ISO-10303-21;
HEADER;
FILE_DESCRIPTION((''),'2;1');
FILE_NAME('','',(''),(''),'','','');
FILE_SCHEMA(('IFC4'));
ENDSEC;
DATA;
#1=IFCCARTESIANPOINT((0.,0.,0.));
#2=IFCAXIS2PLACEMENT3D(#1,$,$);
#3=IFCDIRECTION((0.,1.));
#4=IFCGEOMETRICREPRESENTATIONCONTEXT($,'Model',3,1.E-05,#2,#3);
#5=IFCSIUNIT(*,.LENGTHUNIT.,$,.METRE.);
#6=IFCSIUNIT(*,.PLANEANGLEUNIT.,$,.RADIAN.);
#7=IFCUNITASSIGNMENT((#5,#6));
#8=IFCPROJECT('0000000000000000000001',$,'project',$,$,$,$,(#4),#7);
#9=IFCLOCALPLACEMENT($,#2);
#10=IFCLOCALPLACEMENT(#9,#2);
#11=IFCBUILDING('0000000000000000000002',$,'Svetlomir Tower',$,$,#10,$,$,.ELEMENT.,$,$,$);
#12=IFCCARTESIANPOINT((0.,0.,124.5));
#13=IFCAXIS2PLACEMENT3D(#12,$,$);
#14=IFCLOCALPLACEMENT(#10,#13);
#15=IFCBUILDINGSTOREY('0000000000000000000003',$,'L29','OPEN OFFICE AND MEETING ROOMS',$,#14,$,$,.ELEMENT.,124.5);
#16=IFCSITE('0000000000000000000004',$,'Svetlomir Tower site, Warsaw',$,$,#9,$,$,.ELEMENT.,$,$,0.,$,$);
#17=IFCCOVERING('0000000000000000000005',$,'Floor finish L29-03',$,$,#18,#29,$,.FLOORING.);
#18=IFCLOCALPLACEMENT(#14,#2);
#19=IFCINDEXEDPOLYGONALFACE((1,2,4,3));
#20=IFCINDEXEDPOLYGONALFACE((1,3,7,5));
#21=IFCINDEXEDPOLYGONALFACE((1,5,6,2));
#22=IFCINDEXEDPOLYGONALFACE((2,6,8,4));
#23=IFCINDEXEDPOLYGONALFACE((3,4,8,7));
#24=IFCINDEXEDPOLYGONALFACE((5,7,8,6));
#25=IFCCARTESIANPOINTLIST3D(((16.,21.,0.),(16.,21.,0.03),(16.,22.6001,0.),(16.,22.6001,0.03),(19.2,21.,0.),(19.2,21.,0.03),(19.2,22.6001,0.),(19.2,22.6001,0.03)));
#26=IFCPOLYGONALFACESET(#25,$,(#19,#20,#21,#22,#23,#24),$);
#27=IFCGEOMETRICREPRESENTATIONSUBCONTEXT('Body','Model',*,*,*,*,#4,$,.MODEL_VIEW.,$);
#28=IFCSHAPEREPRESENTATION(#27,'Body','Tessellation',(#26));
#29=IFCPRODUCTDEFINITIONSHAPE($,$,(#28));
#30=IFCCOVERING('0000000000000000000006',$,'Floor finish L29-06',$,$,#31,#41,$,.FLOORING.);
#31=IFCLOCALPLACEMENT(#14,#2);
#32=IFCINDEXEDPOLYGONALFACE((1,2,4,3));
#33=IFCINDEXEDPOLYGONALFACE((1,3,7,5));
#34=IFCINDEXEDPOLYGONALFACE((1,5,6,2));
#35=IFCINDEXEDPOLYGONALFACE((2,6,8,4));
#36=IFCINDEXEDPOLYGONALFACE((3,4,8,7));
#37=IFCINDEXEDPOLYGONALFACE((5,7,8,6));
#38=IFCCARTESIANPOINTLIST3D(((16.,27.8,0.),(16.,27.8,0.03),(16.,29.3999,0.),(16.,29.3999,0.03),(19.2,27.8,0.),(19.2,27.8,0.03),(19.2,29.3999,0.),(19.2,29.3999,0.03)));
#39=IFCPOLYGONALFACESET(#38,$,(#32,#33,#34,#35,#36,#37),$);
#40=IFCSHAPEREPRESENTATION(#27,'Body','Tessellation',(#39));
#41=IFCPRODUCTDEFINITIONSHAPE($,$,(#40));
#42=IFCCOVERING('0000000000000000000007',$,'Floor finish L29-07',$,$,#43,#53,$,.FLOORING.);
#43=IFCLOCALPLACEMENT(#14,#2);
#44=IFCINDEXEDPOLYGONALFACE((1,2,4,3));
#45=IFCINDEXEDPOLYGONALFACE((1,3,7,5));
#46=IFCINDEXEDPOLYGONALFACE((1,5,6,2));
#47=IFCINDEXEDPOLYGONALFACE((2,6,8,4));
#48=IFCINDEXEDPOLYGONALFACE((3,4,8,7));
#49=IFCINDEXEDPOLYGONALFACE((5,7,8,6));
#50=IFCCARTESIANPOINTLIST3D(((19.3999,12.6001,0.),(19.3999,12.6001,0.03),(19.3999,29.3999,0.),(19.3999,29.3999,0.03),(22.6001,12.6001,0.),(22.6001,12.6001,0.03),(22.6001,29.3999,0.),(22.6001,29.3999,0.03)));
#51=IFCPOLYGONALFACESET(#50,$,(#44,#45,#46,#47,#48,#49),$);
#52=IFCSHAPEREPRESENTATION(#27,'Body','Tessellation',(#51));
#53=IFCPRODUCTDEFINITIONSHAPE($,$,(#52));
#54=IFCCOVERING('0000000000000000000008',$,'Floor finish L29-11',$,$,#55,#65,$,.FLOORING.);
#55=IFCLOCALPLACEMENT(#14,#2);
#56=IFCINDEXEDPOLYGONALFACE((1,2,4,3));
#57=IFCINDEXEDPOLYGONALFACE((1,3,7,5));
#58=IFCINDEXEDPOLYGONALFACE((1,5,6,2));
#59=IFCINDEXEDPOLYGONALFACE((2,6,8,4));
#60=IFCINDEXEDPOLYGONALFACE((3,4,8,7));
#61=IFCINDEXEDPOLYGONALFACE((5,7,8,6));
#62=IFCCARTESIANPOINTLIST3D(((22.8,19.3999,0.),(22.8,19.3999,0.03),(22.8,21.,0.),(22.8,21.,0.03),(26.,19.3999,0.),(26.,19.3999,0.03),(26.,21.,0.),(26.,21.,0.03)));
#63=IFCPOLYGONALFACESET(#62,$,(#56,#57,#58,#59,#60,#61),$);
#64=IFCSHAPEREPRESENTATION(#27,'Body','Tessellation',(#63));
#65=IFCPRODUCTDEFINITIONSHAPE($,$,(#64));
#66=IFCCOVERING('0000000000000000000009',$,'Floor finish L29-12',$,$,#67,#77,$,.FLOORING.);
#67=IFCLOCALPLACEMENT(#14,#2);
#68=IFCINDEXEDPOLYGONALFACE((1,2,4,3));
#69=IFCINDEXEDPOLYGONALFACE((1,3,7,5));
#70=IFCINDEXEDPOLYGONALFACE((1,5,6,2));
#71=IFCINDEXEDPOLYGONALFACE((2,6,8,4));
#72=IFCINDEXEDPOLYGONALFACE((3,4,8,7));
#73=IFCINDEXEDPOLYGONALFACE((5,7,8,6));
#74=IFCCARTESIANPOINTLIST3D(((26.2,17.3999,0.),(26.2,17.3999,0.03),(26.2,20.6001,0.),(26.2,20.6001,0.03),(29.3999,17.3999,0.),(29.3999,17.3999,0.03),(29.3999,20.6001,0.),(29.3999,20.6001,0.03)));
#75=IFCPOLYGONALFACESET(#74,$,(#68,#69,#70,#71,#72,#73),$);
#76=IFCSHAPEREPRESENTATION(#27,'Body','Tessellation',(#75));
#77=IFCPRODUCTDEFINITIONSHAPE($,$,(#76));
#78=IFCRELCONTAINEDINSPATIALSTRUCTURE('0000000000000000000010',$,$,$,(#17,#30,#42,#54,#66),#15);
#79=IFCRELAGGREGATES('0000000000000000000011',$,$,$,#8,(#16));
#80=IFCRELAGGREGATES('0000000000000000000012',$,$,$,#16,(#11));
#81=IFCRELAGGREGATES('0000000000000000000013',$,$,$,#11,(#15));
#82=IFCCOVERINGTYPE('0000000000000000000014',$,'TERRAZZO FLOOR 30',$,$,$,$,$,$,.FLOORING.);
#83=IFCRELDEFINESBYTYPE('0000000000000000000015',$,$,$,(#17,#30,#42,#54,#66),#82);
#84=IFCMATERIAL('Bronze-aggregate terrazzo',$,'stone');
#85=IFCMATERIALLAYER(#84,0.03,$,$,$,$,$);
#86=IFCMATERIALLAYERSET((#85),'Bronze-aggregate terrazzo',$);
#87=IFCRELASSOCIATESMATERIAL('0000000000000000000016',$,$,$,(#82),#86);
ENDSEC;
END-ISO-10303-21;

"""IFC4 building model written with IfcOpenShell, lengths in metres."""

from ifc_helpers import new_model, si_unit, direction, frame, origin, place, context, subcontext, project, spatial, polyline, outline, extrude, material, layer, layer_set, type_object, element, save


model = new_model("IFC4")

# Units and contexts
model_context = context("Model", 3, precision=1e-05, world=origin(), true_north=direction((0.0, 1.0)))
body_context = subcontext(model_context, "Body", "Model", "MODEL_VIEW")
ifc_project = project(units=[si_unit("LENGTHUNIT", "METRE"), si_unit("PLANEANGLEUNIT", "RADIAN")], contexts=[model_context])

# Site, building, storey
site_placement = place(None, origin())
site = spatial("IfcSite", under=ifc_project, at=site_placement, Name="Svetlomir Tower site, Warsaw", CompositionType="ELEMENT", RefElevation=0.0)
building_placement = place(site_placement, origin())
building = spatial("IfcBuilding", under=site, at=building_placement, Name="Svetlomir Tower", CompositionType="ELEMENT")
storey_placement = place(building_placement, frame((0.0, 0.0, 124.5)))
storey = spatial("IfcBuildingStorey", under=building, at=storey_placement, Name="L29", Description="OPEN OFFICE AND MEETING ROOMS", CompositionType="ELEMENT", Elevation=124.5)

# Coverings
ifc_material_1 = material(Name="Bronze-aggregate terrazzo", Category="stone")
ifc_layer_1 = layer(ifc_material_1, 0.03)
ifc_layer_set_1 = layer_set([ifc_layer_1], Name="Bronze-aggregate terrazzo")
covering_type_1 = type_object("IfcCoveringType", Name="TERRAZZO FLOOR 30", PredefinedType="FLOORING", material=ifc_layer_set_1)
covering_1_placement = place(storey_placement, origin())
element("IfcCovering", 1, at=covering_1_placement, inside=storey, type_object=covering_type_1, Name="Floor finish L29-03", PredefinedType="FLOORING", context=body_context, shape_type="SweptSolid", body=[
    extrude(outline(polyline([(16.0, 21.0), (19.2, 21.0), (19.2, 22.6001), (16.0, 22.6001), (16.0, 21.0)])), origin(), (0.0, 0.0, 1.0), 0.03),
])
covering_2_placement = place(storey_placement, origin())
element("IfcCovering", 2, at=covering_2_placement, inside=storey, type_object=covering_type_1, Name="Floor finish L29-06", PredefinedType="FLOORING", context=body_context, shape_type="SweptSolid", body=[
    extrude(outline(polyline([(16.0, 27.8), (19.2, 27.8), (19.2, 29.3999), (16.0, 29.3999), (16.0, 27.8)])), origin(), (0.0, 0.0, 1.0), 0.03),
])
covering_3_placement = place(storey_placement, origin())
element("IfcCovering", 3, at=covering_3_placement, inside=storey, type_object=covering_type_1, Name="Floor finish L29-07", PredefinedType="FLOORING", context=body_context, shape_type="SweptSolid", body=[
    extrude(outline(polyline([(19.3999, 12.6001), (22.6001, 12.6001), (22.6001, 29.3999), (19.3999, 29.3999), (19.3999, 12.6001)])), origin(), (0.0, 0.0, 1.0), 0.03),
])
covering_4_placement = place(storey_placement, origin())
element("IfcCovering", 4, at=covering_4_placement, inside=storey, type_object=covering_type_1, Name="Floor finish L29-11", PredefinedType="FLOORING", context=body_context, shape_type="SweptSolid", body=[
    extrude(outline(polyline([(22.8, 19.3999), (26.0, 19.3999), (26.0, 21.0), (22.8, 21.0), (22.8, 19.3999)])), origin(), (0.0, 0.0, 1.0), 0.03),
])
covering_5_placement = place(storey_placement, origin())
element("IfcCovering", 5, at=covering_5_placement, inside=storey, type_object=covering_type_1, Name="Floor finish L29-12", PredefinedType="FLOORING", context=body_context, shape_type="SweptSolid", body=[
    extrude(outline(polyline([(26.2, 17.3999), (29.3999, 17.3999), (29.3999, 20.6001), (26.2, 20.6001), (26.2, 17.3999)])), origin(), (0.0, 0.0, 1.0), 0.03),
])

save(model, "model.ifc")
